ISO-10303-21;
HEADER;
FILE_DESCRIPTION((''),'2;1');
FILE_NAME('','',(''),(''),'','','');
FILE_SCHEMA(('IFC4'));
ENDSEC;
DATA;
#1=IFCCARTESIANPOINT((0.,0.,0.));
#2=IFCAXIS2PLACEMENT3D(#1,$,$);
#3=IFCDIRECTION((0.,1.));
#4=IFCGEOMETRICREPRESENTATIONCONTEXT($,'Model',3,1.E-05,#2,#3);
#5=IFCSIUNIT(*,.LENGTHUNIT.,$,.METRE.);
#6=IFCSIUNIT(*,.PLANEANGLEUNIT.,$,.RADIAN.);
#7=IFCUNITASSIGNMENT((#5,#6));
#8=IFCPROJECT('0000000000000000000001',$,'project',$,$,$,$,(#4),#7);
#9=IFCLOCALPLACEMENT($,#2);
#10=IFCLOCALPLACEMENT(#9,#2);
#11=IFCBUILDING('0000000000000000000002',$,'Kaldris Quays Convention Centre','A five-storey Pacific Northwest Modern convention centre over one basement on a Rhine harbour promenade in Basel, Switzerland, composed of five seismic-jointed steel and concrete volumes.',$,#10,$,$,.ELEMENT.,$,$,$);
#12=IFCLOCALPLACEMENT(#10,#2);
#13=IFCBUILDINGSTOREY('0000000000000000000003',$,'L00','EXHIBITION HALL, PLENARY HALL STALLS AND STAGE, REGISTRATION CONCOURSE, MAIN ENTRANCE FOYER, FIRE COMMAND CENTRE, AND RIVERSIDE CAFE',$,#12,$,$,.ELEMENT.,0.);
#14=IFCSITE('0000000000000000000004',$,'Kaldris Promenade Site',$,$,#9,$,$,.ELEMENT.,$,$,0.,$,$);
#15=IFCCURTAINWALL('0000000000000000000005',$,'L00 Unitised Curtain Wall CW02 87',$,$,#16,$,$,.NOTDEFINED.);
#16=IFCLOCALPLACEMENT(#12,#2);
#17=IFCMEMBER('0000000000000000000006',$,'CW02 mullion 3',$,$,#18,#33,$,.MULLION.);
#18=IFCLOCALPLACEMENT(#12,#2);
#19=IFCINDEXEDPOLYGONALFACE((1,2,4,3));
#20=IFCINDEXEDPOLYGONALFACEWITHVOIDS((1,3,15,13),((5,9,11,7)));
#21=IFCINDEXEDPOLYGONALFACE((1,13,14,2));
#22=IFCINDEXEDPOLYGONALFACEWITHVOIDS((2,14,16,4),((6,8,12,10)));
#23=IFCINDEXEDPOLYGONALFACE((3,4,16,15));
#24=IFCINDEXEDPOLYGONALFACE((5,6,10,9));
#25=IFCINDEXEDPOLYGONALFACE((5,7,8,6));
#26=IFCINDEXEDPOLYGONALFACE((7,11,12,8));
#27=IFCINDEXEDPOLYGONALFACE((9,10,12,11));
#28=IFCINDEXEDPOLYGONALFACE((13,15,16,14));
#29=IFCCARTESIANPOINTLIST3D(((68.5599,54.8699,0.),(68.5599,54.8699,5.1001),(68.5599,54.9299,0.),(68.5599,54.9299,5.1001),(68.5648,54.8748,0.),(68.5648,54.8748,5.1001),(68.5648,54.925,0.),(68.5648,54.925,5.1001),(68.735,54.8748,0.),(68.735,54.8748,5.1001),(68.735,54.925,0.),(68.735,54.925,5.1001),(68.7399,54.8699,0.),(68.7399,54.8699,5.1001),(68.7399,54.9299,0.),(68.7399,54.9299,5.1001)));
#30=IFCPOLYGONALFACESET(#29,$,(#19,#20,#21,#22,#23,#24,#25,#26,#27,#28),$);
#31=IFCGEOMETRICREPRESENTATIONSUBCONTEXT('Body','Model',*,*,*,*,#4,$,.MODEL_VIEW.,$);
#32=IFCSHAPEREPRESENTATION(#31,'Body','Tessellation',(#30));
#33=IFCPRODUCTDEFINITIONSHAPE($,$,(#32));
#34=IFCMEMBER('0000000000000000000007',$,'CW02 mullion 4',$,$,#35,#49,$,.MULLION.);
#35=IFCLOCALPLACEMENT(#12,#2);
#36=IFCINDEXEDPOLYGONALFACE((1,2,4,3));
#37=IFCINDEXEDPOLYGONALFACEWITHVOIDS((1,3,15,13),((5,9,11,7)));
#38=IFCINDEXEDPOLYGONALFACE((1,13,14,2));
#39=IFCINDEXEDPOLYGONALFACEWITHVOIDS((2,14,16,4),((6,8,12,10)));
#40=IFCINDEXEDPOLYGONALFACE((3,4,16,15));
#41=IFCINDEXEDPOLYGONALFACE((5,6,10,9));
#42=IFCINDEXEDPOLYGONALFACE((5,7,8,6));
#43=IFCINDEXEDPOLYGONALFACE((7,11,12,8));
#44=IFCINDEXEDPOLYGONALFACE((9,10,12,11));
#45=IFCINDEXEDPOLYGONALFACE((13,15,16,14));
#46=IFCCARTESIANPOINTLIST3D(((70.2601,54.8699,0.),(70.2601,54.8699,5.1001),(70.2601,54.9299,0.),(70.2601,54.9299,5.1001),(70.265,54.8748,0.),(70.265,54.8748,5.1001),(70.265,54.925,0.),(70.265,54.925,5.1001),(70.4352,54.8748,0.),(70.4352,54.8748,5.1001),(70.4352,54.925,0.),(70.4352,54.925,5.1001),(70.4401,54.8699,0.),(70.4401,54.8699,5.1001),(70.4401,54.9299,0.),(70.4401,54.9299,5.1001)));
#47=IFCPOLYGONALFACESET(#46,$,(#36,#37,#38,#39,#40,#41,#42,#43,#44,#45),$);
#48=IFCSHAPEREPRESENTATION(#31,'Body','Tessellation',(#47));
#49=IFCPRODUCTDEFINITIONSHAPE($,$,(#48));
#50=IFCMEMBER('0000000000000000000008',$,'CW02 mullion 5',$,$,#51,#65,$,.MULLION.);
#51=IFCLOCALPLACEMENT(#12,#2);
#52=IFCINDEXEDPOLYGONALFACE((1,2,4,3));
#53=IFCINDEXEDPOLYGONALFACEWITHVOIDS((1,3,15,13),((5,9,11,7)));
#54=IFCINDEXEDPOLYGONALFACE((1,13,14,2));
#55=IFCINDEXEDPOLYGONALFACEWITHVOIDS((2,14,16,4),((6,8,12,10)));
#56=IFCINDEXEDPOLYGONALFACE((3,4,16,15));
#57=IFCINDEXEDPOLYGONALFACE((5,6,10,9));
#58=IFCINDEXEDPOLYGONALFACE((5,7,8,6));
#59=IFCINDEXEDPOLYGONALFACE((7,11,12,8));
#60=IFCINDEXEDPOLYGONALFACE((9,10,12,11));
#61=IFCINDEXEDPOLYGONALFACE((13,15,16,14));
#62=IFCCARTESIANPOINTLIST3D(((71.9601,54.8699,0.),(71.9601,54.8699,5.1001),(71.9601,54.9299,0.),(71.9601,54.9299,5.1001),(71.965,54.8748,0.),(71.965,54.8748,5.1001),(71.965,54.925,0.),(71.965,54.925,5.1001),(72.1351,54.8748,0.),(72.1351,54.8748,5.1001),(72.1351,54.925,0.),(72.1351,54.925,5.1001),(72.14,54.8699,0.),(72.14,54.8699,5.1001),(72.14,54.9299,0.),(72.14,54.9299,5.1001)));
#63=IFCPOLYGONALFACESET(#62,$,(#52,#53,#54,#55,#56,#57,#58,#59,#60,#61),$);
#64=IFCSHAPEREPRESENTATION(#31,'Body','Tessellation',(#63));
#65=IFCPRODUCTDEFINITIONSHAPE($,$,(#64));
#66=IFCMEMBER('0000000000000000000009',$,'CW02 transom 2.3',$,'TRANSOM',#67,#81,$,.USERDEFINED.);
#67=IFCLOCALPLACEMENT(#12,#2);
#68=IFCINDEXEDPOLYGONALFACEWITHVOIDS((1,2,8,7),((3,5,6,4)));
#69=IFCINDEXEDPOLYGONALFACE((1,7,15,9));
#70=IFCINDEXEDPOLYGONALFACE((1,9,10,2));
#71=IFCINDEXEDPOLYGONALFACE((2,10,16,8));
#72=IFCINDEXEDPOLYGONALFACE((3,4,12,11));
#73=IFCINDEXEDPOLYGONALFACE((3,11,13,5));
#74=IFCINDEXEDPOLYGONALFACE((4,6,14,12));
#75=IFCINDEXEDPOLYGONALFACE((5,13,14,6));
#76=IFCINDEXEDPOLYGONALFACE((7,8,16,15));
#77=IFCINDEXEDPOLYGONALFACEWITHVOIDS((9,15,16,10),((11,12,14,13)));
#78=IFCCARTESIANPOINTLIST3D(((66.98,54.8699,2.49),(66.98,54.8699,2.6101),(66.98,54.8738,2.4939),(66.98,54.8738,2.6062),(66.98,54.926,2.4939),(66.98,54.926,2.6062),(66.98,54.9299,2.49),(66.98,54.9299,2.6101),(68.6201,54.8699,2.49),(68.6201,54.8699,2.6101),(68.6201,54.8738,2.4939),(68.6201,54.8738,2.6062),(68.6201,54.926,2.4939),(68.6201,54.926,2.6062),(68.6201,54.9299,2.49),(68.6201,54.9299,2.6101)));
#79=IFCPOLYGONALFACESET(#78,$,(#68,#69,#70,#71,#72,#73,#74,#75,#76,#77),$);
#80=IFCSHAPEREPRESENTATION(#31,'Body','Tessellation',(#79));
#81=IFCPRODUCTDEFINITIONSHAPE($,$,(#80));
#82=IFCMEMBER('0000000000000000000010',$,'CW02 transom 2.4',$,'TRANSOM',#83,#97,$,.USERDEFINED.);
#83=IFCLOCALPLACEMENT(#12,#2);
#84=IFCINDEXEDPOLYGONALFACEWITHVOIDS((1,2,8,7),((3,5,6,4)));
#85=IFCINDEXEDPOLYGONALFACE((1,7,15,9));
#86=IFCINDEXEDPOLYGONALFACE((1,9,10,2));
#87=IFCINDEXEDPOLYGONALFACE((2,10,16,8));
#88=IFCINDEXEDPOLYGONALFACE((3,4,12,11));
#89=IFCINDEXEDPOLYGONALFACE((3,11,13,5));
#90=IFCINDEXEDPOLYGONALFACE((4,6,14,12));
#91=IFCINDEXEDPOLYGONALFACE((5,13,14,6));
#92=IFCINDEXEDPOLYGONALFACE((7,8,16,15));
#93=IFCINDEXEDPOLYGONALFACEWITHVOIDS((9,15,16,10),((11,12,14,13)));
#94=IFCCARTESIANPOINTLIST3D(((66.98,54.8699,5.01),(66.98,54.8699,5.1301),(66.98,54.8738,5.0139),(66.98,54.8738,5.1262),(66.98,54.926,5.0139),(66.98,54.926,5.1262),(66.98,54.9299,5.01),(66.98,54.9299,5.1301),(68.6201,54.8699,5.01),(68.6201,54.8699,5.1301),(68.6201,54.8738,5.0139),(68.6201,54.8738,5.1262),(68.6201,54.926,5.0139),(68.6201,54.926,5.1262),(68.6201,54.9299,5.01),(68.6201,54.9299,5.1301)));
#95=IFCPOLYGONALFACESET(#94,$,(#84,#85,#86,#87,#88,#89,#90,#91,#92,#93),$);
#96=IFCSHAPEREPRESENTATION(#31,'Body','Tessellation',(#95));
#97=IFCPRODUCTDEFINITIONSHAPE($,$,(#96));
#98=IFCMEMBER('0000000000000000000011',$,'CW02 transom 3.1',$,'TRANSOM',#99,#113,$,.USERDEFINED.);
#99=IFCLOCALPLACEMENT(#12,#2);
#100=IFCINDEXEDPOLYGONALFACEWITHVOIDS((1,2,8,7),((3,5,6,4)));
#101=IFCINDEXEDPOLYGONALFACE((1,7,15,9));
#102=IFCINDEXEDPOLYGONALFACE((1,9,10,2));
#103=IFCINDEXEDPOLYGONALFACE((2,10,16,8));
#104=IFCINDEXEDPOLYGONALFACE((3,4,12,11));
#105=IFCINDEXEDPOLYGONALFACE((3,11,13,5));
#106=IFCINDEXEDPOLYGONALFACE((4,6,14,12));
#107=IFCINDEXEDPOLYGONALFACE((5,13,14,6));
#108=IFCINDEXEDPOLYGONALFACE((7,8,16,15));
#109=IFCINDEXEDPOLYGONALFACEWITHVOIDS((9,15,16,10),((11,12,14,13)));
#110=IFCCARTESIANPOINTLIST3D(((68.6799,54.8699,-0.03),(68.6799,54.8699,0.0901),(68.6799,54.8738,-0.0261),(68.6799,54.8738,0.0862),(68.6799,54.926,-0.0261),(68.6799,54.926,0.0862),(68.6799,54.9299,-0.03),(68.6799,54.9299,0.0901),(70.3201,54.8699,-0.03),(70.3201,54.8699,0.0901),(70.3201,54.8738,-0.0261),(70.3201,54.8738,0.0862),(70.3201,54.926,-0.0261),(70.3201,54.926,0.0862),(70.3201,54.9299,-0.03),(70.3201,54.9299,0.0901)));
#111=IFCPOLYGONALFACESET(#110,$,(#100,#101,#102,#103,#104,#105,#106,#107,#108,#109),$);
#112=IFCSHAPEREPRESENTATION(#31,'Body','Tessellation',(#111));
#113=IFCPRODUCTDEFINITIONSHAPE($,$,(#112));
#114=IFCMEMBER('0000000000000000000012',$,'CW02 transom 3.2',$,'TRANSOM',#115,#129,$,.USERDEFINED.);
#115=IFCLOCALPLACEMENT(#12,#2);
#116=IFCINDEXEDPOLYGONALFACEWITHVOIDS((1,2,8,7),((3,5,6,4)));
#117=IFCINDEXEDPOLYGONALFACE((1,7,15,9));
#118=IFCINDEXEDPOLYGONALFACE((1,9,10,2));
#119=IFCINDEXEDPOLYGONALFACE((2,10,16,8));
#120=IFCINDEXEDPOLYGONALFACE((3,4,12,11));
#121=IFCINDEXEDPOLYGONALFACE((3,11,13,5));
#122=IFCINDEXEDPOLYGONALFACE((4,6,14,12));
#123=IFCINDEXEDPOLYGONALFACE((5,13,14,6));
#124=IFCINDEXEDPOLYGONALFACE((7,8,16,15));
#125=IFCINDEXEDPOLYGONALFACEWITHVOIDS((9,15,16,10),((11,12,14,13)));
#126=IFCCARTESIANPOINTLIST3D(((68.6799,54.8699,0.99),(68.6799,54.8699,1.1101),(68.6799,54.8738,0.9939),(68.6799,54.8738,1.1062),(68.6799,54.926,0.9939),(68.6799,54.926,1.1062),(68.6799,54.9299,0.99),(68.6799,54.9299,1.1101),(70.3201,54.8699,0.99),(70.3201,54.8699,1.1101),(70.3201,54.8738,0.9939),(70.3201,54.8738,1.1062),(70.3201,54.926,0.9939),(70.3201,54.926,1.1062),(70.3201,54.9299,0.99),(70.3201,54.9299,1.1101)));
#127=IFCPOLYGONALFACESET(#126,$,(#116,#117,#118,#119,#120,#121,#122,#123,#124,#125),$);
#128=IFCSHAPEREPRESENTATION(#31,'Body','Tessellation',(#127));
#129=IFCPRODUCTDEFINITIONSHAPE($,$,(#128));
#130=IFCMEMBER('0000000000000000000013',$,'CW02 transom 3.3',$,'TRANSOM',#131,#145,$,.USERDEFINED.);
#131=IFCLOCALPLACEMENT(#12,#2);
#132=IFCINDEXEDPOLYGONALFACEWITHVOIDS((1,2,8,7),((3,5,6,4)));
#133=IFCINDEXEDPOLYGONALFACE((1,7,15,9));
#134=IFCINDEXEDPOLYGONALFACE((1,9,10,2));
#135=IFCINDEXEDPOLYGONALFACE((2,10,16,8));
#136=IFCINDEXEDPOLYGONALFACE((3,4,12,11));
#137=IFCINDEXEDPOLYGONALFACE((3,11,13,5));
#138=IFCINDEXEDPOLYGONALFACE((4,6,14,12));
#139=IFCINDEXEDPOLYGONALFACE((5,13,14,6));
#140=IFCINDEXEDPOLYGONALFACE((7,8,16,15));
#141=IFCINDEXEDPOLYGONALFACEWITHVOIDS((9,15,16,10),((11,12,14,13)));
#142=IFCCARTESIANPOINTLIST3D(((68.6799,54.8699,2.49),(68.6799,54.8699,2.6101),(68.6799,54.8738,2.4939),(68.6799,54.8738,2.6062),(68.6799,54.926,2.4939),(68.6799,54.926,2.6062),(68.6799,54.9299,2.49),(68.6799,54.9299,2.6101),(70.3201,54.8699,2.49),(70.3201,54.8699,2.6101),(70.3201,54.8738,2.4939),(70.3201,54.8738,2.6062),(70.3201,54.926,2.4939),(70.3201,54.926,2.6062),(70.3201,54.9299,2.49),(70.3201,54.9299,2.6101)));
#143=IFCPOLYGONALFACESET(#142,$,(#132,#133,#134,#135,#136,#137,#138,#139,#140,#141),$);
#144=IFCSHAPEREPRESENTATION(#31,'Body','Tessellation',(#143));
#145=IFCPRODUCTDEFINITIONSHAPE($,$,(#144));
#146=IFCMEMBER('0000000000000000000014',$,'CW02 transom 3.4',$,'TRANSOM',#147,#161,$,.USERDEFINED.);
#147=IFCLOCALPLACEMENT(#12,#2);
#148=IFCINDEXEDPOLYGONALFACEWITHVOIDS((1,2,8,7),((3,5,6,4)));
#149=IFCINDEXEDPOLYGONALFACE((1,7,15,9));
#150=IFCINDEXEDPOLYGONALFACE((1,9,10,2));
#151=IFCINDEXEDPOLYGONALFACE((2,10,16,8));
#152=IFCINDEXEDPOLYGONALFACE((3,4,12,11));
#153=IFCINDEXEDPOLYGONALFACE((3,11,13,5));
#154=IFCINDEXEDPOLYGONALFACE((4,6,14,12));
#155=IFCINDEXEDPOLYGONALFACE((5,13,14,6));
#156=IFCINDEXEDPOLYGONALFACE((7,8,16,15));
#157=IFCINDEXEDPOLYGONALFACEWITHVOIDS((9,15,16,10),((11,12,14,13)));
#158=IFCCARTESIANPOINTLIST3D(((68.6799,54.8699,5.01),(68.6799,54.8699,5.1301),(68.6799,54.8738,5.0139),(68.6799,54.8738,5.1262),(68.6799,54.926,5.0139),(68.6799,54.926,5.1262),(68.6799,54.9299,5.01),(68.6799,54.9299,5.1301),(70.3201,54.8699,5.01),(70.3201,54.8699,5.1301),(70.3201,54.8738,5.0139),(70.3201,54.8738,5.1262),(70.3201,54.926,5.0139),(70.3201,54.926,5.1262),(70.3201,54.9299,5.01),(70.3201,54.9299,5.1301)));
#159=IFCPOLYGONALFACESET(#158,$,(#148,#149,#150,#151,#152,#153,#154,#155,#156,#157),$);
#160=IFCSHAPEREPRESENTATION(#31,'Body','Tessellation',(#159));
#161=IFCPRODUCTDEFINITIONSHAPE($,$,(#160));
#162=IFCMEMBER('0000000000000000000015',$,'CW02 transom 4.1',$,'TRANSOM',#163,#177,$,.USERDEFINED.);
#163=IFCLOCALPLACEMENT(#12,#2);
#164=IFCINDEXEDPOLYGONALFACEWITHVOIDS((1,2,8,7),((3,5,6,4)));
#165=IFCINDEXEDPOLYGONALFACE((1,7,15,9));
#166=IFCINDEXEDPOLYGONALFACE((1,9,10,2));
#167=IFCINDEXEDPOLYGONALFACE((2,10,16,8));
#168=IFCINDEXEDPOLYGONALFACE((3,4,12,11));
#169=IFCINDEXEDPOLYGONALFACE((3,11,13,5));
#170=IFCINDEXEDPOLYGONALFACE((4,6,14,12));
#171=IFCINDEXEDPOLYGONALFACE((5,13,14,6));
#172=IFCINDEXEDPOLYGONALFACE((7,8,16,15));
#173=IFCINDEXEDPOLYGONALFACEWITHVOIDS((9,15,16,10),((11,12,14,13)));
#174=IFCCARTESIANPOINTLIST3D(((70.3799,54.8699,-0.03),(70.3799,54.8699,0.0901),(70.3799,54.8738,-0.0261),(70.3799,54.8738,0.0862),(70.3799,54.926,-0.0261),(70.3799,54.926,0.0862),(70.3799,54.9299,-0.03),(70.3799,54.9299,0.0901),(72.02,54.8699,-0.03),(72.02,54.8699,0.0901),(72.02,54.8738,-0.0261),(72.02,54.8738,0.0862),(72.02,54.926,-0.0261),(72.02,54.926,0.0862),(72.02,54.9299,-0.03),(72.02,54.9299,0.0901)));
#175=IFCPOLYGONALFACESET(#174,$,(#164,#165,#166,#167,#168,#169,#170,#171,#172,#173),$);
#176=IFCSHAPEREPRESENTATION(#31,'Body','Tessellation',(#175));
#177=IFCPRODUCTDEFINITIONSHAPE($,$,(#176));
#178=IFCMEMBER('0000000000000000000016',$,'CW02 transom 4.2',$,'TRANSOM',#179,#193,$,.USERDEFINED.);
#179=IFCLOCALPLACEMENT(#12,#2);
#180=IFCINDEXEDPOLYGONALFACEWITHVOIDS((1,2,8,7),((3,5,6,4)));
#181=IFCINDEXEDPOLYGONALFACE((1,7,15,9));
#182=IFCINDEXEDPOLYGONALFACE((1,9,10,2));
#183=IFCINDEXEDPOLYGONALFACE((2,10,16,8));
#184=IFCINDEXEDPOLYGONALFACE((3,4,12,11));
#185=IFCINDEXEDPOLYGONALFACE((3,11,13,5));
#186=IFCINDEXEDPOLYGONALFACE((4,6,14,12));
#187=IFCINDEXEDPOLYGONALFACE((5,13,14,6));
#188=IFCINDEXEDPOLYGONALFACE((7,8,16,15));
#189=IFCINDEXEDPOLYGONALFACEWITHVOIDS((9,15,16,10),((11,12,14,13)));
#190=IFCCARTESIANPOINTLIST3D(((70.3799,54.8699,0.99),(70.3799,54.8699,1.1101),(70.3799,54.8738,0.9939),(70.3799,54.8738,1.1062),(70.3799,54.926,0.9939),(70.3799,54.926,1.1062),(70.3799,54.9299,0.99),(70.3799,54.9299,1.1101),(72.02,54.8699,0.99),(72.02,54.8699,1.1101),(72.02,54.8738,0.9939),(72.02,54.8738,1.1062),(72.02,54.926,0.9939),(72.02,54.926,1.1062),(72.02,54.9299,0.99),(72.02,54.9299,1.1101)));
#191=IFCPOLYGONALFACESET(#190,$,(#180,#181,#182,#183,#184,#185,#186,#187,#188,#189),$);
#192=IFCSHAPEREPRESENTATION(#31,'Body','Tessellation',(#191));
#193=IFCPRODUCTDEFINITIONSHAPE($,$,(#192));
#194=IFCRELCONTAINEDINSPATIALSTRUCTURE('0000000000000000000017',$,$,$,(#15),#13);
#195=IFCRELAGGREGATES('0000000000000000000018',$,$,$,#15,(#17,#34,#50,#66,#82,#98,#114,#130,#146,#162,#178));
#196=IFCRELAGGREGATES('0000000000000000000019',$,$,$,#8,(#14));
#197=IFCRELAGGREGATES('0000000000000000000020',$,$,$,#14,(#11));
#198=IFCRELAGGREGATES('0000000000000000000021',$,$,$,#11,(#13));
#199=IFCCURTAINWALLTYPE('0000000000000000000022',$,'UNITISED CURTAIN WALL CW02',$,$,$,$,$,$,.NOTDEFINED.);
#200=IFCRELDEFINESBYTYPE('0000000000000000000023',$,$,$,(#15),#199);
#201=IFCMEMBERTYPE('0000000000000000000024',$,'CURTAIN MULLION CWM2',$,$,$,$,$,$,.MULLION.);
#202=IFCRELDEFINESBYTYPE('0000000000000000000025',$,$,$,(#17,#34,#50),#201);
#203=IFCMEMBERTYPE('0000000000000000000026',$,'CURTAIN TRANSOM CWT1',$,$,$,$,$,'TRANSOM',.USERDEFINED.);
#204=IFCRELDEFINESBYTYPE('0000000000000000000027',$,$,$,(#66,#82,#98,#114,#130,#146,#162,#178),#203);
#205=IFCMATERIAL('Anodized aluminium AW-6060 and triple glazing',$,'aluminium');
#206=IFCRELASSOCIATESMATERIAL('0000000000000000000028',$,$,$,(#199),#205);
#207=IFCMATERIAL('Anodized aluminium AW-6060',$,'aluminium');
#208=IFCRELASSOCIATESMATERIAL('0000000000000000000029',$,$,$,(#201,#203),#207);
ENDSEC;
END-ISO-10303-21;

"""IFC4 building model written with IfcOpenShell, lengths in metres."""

from ifc_helpers import new_model, si_unit, direction, frame, origin, origin_2d, place, context, subcontext, project, spatial, hollow_rectangle, extrude, material, material_profile, profile_set, type_object, element, aggregate, save


model = new_model("IFC4")

# Units and contexts
model_context = context("Model", 3, precision=1e-05, world=origin(), true_north=direction((0.0, 1.0)))
body_context = subcontext(model_context, "Body", "Model", "MODEL_VIEW")
ifc_project = project(units=[si_unit("LENGTHUNIT", "METRE"), si_unit("PLANEANGLEUNIT", "RADIAN")], contexts=[model_context])

# Site, building, storey
site_placement = place(None, origin())
site = spatial("IfcSite", under=ifc_project, at=site_placement, Name="Kaldris Promenade Site", CompositionType="ELEMENT", RefElevation=0.0)
building_placement = place(site_placement, origin())
building = spatial("IfcBuilding", under=site, at=building_placement, Name="Kaldris Quays Convention Centre", Description="A five-storey Pacific Northwest Modern convention centre over one basement on a Rhine harbour promenade in Basel, Switzerland, composed of five seismic-jointed steel and concrete volumes.", CompositionType="ELEMENT")
storey_placement = place(building_placement, origin())
storey = spatial("IfcBuildingStorey", under=building, at=storey_placement, Name="L00", Description="EXHIBITION HALL, PLENARY HALL STALLS AND STAGE, REGISTRATION CONCOURSE, MAIN ENTRANCE FOYER, FIRE COMMAND CENTRE, AND RIVERSIDE CAFE", CompositionType="ELEMENT", Elevation=0.0)

# Curtain wall, members
ifc_material_1 = material(Name="Anodized aluminium AW-6060 and triple glazing", Category="aluminium")
curtain_wall_type = type_object("IfcCurtainWallType", Name="UNITISED CURTAIN WALL CW02", PredefinedType="NOTDEFINED", material=ifc_material_1)
curtain_wall_placement = place(storey_placement, origin())
curtain_wall = element("IfcCurtainWall", 1, at=curtain_wall_placement, inside=storey, type_object=curtain_wall_type, Name="L00 Unitised Curtain Wall CW02 87", PredefinedType="NOTDEFINED")
ifc_material_2 = material(Name="Anodized aluminium AW-6060", Category="aluminium")
ifc_material_profile_1 = material_profile(ifc_material_2, hollow_rectangle(XDim=0.0601, YDim=0.1799, WallThickness=0.0049, at=origin_2d()), Name="RHS 180x60x5")
ifc_profile_set_1 = profile_set([ifc_material_profile_1], Name="Anodized aluminium AW-6060")
member_type_1 = type_object("IfcMemberType", Name="CURTAIN MULLION CWM2", PredefinedType="MULLION", material=ifc_profile_set_1)
member_1_placement = place(storey_placement, frame((68.6499, 54.8999, 0.0), z_axis=(0.0, 0.0, 1.0), x_axis=(0.0, 1.0, 0.0)))
member_1 = element("IfcMember", 2, at=member_1_placement, type_object=member_type_1, Name="CW02 mullion 3", PredefinedType="MULLION", context=body_context, shape_type="SweptSolid", body=[
    extrude(hollow_rectangle(XDim=0.0601, YDim=0.1799, WallThickness=0.0049, at=origin_2d()), origin(), (0.0, 0.0, 1.0), 5.1001),
])
member_2_placement = place(storey_placement, frame((70.3501, 54.8999, 0.0), z_axis=(0.0, 0.0, 1.0), x_axis=(0.0, 1.0, 0.0)))
member_2 = element("IfcMember", 3, at=member_2_placement, type_object=member_type_1, Name="CW02 mullion 4", PredefinedType="MULLION", context=body_context, shape_type="SweptSolid", body=[
    extrude(hollow_rectangle(XDim=0.0601, YDim=0.1799, WallThickness=0.0049, at=origin_2d()), origin(), (0.0, 0.0, 1.0), 5.1001),
])
member_3_placement = place(storey_placement, frame((72.05, 54.8999, 0.0), z_axis=(0.0, 0.0, 1.0), x_axis=(0.0, 1.0, 0.0)))
member_3 = element("IfcMember", 4, at=member_3_placement, type_object=member_type_1, Name="CW02 mullion 5", PredefinedType="MULLION", context=body_context, shape_type="SweptSolid", body=[
    extrude(hollow_rectangle(XDim=0.0601, YDim=0.1799, WallThickness=0.0049, at=origin_2d()), origin(), (0.0, 0.0, 1.0), 5.1001),
])
ifc_material_profile_2 = material_profile(ifc_material_2, hollow_rectangle(XDim=0.0601, YDim=0.1201, WallThickness=0.0039, at=origin_2d()), Name="RHS 120x60x4")
ifc_profile_set_2 = profile_set([ifc_material_profile_2], Name="Anodized aluminium AW-6060")
member_type_2 = type_object("IfcMemberType", Name="CURTAIN TRANSOM CWT1", ElementType="TRANSOM", PredefinedType="USERDEFINED", material=ifc_profile_set_2)
member_4_placement = place(storey_placement, frame((66.98, 54.8999, 2.55), z_axis=(1.0, 0.0, 0.0), x_axis=(0.0, 1.0, 0.0)))
member_4 = element("IfcMember", 5, at=member_4_placement, type_object=member_type_2, Name="CW02 transom 2.3", ObjectType="TRANSOM", PredefinedType="USERDEFINED", context=body_context, shape_type="SweptSolid", body=[
    extrude(hollow_rectangle(XDim=0.0601, YDim=0.1201, WallThickness=0.0039, at=origin_2d()), origin(), (0.0, 0.0, 1.0), 1.6401),
])
member_5_placement = place(storey_placement, frame((66.98, 54.8999, 5.0701), z_axis=(1.0, 0.0, 0.0), x_axis=(0.0, 1.0, 0.0)))
member_5 = element("IfcMember", 6, at=member_5_placement, type_object=member_type_2, Name="CW02 transom 2.4", ObjectType="TRANSOM", PredefinedType="USERDEFINED", context=body_context, shape_type="SweptSolid", body=[
    extrude(hollow_rectangle(XDim=0.0601, YDim=0.1201, WallThickness=0.0039, at=origin_2d()), origin(), (0.0, 0.0, 1.0), 1.6401),
])
member_6_placement = place(storey_placement, frame((68.6799, 54.8999, 0.03), z_axis=(1.0, 0.0, 0.0), x_axis=(0.0, 1.0, 0.0)))
member_6 = element("IfcMember", 7, at=member_6_placement, type_object=member_type_2, Name="CW02 transom 3.1", ObjectType="TRANSOM", PredefinedType="USERDEFINED", context=body_context, shape_type="SweptSolid", body=[
    extrude(hollow_rectangle(XDim=0.0601, YDim=0.1201, WallThickness=0.0039, at=origin_2d()), origin(), (0.0, 0.0, 1.0), 1.6401),
])
member_7_placement = place(storey_placement, frame((68.6799, 54.8999, 1.05), z_axis=(1.0, 0.0, 0.0), x_axis=(0.0, 1.0, 0.0)))
member_7 = element("IfcMember", 8, at=member_7_placement, type_object=member_type_2, Name="CW02 transom 3.2", ObjectType="TRANSOM", PredefinedType="USERDEFINED", context=body_context, shape_type="SweptSolid", body=[
    extrude(hollow_rectangle(XDim=0.0601, YDim=0.1201, WallThickness=0.0039, at=origin_2d()), origin(), (0.0, 0.0, 1.0), 1.6401),
])
member_8_placement = place(storey_placement, frame((68.6799, 54.8999, 2.55), z_axis=(1.0, 0.0, 0.0), x_axis=(0.0, 1.0, 0.0)))
member_8 = element("IfcMember", 9, at=member_8_placement, type_object=member_type_2, Name="CW02 transom 3.3", ObjectType="TRANSOM", PredefinedType="USERDEFINED", context=body_context, shape_type="SweptSolid", body=[
    extrude(hollow_rectangle(XDim=0.0601, YDim=0.1201, WallThickness=0.0039, at=origin_2d()), origin(), (0.0, 0.0, 1.0), 1.6401),
])
member_9_placement = place(storey_placement, frame((68.6799, 54.8999, 5.0701), z_axis=(1.0, 0.0, 0.0), x_axis=(0.0, 1.0, 0.0)))
member_9 = element("IfcMember", 10, at=member_9_placement, type_object=member_type_2, Name="CW02 transom 3.4", ObjectType="TRANSOM", PredefinedType="USERDEFINED", context=body_context, shape_type="SweptSolid", body=[
    extrude(hollow_rectangle(XDim=0.0601, YDim=0.1201, WallThickness=0.0039, at=origin_2d()), origin(), (0.0, 0.0, 1.0), 1.6401),
])
member_10_placement = place(storey_placement, frame((70.3799, 54.8999, 0.03), z_axis=(1.0, 0.0, 0.0), x_axis=(0.0, 1.0, 0.0)))
member_10 = element("IfcMember", 11, at=member_10_placement, type_object=member_type_2, Name="CW02 transom 4.1", ObjectType="TRANSOM", PredefinedType="USERDEFINED", context=body_context, shape_type="SweptSolid", body=[
    extrude(hollow_rectangle(XDim=0.0601, YDim=0.1201, WallThickness=0.0039, at=origin_2d()), origin(), (0.0, 0.0, 1.0), 1.6401),
])
member_11_placement = place(storey_placement, frame((70.3799, 54.8999, 1.05), z_axis=(1.0, 0.0, 0.0), x_axis=(0.0, 1.0, 0.0)))
member_11 = element("IfcMember", 12, at=member_11_placement, type_object=member_type_2, Name="CW02 transom 4.2", ObjectType="TRANSOM", PredefinedType="USERDEFINED", context=body_context, shape_type="SweptSolid", body=[
    extrude(hollow_rectangle(XDim=0.0601, YDim=0.1201, WallThickness=0.0039, at=origin_2d()), origin(), (0.0, 0.0, 1.0), 1.6401),
])
aggregate(curtain_wall, [member_1, member_2, member_3, member_4, member_5, member_6, member_7, member_8, member_9, member_10, member_11])

save(model, "model.ifc")
